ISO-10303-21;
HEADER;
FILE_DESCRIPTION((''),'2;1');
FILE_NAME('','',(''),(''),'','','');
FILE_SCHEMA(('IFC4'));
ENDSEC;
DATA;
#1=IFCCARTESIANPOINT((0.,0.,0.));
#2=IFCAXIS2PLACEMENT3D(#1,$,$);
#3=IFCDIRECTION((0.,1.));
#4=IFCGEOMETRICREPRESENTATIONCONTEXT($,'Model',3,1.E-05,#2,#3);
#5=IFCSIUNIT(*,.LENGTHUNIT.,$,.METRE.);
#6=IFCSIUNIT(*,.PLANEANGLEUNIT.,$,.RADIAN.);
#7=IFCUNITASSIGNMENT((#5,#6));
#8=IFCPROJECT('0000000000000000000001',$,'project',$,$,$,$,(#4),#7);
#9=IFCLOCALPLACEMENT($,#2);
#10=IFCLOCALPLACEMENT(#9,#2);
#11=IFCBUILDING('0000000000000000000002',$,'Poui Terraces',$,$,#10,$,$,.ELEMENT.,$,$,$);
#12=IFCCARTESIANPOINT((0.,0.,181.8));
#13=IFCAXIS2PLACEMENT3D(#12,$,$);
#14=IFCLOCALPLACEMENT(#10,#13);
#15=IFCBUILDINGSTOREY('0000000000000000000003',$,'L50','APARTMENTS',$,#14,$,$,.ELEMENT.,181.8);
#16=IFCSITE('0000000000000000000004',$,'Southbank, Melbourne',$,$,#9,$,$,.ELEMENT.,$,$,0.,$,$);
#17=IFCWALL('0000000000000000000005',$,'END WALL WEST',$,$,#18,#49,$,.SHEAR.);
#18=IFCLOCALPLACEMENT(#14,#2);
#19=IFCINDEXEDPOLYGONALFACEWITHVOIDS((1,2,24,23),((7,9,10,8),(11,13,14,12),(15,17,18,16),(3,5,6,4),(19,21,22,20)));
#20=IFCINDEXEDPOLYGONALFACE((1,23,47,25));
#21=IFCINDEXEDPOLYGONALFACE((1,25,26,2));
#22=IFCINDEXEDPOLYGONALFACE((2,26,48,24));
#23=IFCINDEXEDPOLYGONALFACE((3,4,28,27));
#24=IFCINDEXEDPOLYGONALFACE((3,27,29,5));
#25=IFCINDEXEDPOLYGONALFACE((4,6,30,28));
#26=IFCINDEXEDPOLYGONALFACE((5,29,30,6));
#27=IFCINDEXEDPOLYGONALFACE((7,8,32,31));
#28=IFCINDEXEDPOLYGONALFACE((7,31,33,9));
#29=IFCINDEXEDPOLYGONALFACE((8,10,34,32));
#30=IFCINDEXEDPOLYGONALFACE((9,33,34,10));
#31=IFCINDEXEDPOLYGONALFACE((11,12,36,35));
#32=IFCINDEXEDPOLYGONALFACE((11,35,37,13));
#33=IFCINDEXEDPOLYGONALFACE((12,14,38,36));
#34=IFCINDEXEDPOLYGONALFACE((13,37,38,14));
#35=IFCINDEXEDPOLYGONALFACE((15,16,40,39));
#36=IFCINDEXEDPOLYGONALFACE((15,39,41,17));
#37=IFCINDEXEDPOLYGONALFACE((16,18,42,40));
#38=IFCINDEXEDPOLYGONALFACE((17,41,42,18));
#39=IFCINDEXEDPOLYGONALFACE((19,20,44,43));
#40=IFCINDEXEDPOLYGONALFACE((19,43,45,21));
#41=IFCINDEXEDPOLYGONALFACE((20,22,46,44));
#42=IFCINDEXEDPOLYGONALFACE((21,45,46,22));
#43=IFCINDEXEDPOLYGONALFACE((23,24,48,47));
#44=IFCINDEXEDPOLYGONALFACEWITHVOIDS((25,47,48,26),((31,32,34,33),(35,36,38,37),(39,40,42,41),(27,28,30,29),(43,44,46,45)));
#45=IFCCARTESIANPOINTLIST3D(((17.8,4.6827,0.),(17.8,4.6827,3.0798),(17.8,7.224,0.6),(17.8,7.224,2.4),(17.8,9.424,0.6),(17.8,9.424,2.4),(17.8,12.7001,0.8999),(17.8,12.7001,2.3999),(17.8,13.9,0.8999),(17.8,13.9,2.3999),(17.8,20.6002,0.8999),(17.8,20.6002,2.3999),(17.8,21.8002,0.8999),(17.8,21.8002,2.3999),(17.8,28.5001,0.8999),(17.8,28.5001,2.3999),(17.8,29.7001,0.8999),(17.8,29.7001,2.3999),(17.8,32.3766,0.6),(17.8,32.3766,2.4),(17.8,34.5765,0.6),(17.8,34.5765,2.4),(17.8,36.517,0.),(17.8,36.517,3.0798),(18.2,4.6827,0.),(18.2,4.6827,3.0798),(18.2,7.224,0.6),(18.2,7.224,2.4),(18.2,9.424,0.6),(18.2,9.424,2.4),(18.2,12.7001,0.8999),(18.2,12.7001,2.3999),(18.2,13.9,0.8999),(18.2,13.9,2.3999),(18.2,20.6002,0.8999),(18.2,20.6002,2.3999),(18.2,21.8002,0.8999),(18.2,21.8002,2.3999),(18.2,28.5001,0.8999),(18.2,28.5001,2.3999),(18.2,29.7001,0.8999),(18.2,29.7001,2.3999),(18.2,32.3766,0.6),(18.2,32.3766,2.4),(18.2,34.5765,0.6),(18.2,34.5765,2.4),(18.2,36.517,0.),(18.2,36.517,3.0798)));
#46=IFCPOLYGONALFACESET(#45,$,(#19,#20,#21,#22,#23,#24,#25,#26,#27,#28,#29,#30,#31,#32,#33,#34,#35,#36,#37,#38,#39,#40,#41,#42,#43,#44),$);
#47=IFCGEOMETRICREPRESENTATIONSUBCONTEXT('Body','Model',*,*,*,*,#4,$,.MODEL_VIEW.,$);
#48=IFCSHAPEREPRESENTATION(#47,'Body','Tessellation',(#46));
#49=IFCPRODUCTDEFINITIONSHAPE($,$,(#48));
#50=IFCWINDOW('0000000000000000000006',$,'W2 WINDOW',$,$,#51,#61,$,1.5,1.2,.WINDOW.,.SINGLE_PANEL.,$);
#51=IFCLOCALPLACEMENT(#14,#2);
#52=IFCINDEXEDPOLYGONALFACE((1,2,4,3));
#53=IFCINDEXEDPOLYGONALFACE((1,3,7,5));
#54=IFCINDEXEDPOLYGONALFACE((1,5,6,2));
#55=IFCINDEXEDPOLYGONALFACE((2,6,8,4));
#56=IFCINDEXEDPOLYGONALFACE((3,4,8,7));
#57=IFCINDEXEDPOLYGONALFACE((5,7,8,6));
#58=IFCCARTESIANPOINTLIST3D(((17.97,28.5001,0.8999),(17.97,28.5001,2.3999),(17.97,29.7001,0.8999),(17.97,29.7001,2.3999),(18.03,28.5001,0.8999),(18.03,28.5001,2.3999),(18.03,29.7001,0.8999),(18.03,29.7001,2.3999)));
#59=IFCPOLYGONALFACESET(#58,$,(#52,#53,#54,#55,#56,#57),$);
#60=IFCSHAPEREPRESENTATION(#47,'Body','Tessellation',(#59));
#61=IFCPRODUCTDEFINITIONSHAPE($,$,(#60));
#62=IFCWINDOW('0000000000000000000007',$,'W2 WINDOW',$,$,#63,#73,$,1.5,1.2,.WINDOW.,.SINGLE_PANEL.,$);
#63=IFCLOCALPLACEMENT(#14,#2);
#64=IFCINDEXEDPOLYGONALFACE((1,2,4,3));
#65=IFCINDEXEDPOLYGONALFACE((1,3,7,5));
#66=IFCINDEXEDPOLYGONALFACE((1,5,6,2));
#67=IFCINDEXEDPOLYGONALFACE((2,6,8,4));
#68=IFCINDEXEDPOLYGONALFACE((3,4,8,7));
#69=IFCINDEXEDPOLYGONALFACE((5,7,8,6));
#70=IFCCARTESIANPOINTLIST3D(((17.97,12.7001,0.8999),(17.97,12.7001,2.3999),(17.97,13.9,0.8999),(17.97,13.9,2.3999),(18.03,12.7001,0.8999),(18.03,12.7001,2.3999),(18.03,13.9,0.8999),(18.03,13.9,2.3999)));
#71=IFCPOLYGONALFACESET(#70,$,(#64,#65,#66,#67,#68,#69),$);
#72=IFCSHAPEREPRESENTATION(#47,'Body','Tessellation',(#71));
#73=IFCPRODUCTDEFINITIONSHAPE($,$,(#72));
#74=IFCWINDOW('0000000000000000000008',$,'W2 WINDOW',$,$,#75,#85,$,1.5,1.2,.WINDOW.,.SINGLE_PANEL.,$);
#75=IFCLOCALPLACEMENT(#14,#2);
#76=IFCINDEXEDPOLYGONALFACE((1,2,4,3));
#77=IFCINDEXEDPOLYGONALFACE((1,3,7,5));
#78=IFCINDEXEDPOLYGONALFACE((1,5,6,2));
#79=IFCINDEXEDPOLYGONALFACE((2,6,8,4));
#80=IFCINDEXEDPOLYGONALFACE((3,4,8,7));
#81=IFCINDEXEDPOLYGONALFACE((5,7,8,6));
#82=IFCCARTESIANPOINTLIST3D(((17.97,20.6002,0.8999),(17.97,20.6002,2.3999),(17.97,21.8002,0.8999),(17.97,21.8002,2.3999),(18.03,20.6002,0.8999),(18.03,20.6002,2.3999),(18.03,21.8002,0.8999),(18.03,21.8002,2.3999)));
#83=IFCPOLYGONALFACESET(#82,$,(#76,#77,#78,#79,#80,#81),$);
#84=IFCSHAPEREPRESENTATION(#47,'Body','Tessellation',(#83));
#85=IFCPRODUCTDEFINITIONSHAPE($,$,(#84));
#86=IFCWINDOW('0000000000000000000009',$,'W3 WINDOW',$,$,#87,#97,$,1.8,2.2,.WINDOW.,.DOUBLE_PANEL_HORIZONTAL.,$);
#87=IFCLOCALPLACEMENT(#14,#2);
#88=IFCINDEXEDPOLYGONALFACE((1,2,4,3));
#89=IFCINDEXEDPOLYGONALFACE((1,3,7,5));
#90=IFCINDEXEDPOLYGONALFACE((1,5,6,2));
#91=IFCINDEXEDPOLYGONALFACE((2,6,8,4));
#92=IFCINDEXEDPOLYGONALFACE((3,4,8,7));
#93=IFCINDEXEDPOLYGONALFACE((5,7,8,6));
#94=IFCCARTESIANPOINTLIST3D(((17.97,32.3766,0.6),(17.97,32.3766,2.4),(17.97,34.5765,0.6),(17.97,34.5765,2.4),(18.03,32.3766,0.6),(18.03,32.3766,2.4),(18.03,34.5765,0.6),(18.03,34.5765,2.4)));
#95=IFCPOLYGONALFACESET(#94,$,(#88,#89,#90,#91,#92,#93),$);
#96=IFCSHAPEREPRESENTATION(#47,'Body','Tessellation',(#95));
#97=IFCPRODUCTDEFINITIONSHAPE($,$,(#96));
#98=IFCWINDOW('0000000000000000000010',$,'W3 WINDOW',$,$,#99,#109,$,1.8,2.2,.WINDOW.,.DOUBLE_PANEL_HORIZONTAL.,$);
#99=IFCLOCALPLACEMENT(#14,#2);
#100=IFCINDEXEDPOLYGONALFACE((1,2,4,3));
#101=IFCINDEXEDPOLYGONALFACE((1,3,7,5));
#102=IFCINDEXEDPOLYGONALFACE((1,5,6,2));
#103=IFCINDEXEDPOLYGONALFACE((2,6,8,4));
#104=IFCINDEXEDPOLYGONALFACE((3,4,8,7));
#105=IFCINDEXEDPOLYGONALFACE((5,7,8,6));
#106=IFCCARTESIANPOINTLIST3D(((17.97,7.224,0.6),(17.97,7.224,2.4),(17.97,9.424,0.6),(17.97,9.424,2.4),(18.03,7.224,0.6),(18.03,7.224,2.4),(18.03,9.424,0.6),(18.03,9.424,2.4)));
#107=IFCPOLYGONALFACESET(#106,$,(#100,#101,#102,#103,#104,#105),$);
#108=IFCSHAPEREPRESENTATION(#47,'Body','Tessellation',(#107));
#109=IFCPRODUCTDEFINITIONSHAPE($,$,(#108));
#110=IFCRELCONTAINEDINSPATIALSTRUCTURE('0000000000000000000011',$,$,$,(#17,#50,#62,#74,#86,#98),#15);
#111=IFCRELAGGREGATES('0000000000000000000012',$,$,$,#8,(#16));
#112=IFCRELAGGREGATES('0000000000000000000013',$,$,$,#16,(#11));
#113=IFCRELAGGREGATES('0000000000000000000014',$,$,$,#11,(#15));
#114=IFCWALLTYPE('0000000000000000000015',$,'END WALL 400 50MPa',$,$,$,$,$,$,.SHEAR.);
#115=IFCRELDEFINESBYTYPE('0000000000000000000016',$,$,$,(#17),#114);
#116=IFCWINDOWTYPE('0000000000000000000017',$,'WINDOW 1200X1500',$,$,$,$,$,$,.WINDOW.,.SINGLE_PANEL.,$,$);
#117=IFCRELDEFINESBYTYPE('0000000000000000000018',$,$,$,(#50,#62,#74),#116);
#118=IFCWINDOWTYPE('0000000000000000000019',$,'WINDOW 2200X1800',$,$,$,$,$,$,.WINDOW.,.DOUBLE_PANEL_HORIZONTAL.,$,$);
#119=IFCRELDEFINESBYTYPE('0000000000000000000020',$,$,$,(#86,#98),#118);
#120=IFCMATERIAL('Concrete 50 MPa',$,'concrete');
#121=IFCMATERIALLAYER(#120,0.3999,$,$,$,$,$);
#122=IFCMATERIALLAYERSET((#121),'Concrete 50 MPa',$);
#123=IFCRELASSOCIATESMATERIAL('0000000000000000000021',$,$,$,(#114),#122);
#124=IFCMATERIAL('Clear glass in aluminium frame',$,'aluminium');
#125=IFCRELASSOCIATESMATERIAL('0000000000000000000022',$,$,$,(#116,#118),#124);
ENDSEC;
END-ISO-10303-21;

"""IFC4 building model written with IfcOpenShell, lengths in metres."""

from ifc_helpers import new_model, si_unit, direction, frame, frame_2d, origin, place, context, subcontext, project, spatial, rectangle, extrude, material, layer, layer_set, type_object, element, fill, save


model = new_model("IFC4")

# Units and contexts
model_context = context("Model", 3, precision=1e-05, world=origin(), true_north=direction((0.0, 1.0)))
body_context = subcontext(model_context, "Body", "Model", "MODEL_VIEW")
ifc_project = project(units=[si_unit("LENGTHUNIT", "METRE"), si_unit("PLANEANGLEUNIT", "RADIAN")], contexts=[model_context])

# Site, building, storey
site_placement = place(None, origin())
site = spatial("IfcSite", under=ifc_project, at=site_placement, Name="Southbank, Melbourne", CompositionType="ELEMENT", RefElevation=0.0)
building_placement = place(site_placement, origin())
building = spatial("IfcBuilding", under=site, at=building_placement, Name="Poui Terraces", CompositionType="ELEMENT")
storey_placement = place(building_placement, frame((0.0, 0.0, 181.8)))
storey = spatial("IfcBuildingStorey", under=building, at=storey_placement, Name="L50", Description="APARTMENTS", CompositionType="ELEMENT", Elevation=181.8)

# Wall, openings, windows
ifc_material_1 = material(Name="Concrete 50 MPa", Category="concrete")
ifc_layer = layer(ifc_material_1, 0.3999)
ifc_layer_set = layer_set([ifc_layer], Name="Concrete 50 MPa")
wall_type = type_object("IfcWallType", Name="END WALL 400 50MPa", PredefinedType="SHEAR", material=ifc_layer_set)
wall_placement = place(storey_placement, frame((18.0, 4.6829, 0.0), z_axis=(0.0, 0.0, 1.0), x_axis=(0.0, 1.0, 0.0)))
wall = element("IfcWall", 1, at=wall_placement, inside=storey, type_object=wall_type, Name="END WALL WEST", PredefinedType="SHEAR", context=body_context, shape_type="SweptSolid", body=[
    extrude(rectangle(XDim=31.8342, YDim=0.3999, at=frame_2d((15.917, 0.0))), origin(), (0.0, 0.0, 1.0), 3.0798),
])
opening_1_placement = place(wall_placement, frame((23.8171, 0.0, 0.8999)))
opening_1 = element("IfcOpeningElement", 2, at=opening_1_placement, cuts=wall, PredefinedType="OPENING", context=body_context, shape_type="SweptSolid", body=[
    extrude(rectangle(XDim=1.2, YDim=1.5, at=frame_2d((0.6001, 0.75))), frame((0.0, 0.21, 0.0), z_axis=(0.0, -1.0, 0.0), x_axis=(1.0, 0.0, 0.0)), (0.0, 0.0, 1.0), 0.4199),
])
opening_2_placement = place(wall_placement, frame((8.0171, 0.0, 0.8999)))
opening_2 = element("IfcOpeningElement", 3, at=opening_2_placement, cuts=wall, PredefinedType="OPENING", context=body_context, shape_type="SweptSolid", body=[
    extrude(rectangle(XDim=1.2, YDim=1.5, at=frame_2d((0.6001, 0.75))), frame((0.0, 0.21, 0.0), z_axis=(0.0, -1.0, 0.0), x_axis=(1.0, 0.0, 0.0)), (0.0, 0.0, 1.0), 0.4199),
])
opening_3_placement = place(wall_placement, frame((27.6936, 0.0, 0.6001)))
opening_3 = element("IfcOpeningElement", 4, at=opening_3_placement, cuts=wall, PredefinedType="OPENING", context=body_context, shape_type="SweptSolid", body=[
    extrude(rectangle(XDim=2.2, YDim=1.8, at=frame_2d((1.1001, 0.8999))), frame((0.0, 0.21, 0.0), z_axis=(0.0, -1.0, 0.0), x_axis=(1.0, 0.0, 0.0)), (0.0, 0.0, 1.0), 0.4199),
])
opening_4_placement = place(wall_placement, frame((2.541, 0.0, 0.6001)))
opening_4 = element("IfcOpeningElement", 5, at=opening_4_placement, cuts=wall, PredefinedType="OPENING", context=body_context, shape_type="SweptSolid", body=[
    extrude(rectangle(XDim=2.2, YDim=1.8, at=frame_2d((1.1001, 0.8999))), frame((0.0, 0.21, 0.0), z_axis=(0.0, -1.0, 0.0), x_axis=(1.0, 0.0, 0.0)), (0.0, 0.0, 1.0), 0.4199),
])
opening_5_placement = place(wall_placement, frame((15.9172, 0.0, 0.8999)))
opening_5 = element("IfcOpeningElement", 6, at=opening_5_placement, cuts=wall, PredefinedType="OPENING", context=body_context, shape_type="SweptSolid", body=[
    extrude(rectangle(XDim=1.2, YDim=1.5, at=frame_2d((0.6001, 0.75))), frame((0.0, 0.21, 0.0), z_axis=(0.0, -1.0, 0.0), x_axis=(1.0, 0.0, 0.0)), (0.0, 0.0, 1.0), 0.4199),
])
ifc_material_2 = material(Name="Clear glass in aluminium frame", Category="aluminium")
window_type_1 = type_object("IfcWindowType", Name="WINDOW 1200X1500", PartitioningType="SINGLE_PANEL", PredefinedType="WINDOW", material=ifc_material_2)
window_1_placement = place(opening_1_placement, origin())
window_1 = element("IfcWindow", 7, at=window_1_placement, inside=storey, type_object=window_type_1, Name="W2 WINDOW", OverallHeight=1.5, OverallWidth=1.2, PartitioningType="SINGLE_PANEL", PredefinedType="WINDOW", context=body_context, shape_type="SweptSolid", body=[
    extrude(rectangle(XDim=1.2, YDim=1.5, at=frame_2d((0.6001, 0.75))), frame((0.0, 0.03, 0.0), z_axis=(0.0, -1.0, 0.0), x_axis=(1.0, 0.0, 0.0)), (0.0, 0.0, 1.0), 0.0601),
])
fill(opening_1, window_1)
window_2_placement = place(opening_2_placement, origin())
window_2 = element("IfcWindow", 8, at=window_2_placement, inside=storey, type_object=window_type_1, Name="W2 WINDOW", OverallHeight=1.5, OverallWidth=1.2, PartitioningType="SINGLE_PANEL", PredefinedType="WINDOW", context=body_context, shape_type="SweptSolid", body=[
    extrude(rectangle(XDim=1.2, YDim=1.5, at=frame_2d((0.6001, 0.75))), frame((0.0, 0.03, 0.0), z_axis=(0.0, -1.0, 0.0), x_axis=(1.0, 0.0, 0.0)), (0.0, 0.0, 1.0), 0.0601),
])
fill(opening_2, window_2)
window_3_placement = place(opening_5_placement, origin())
window_3 = element("IfcWindow", 9, at=window_3_placement, inside=storey, type_object=window_type_1, Name="W2 WINDOW", OverallHeight=1.5, OverallWidth=1.2, PartitioningType="SINGLE_PANEL", PredefinedType="WINDOW", context=body_context, shape_type="SweptSolid", body=[
    extrude(rectangle(XDim=1.2, YDim=1.5, at=frame_2d((0.6001, 0.75))), frame((0.0, 0.03, 0.0), z_axis=(0.0, -1.0, 0.0), x_axis=(1.0, 0.0, 0.0)), (0.0, 0.0, 1.0), 0.0601),
])
fill(opening_5, window_3)
window_type_2 = type_object("IfcWindowType", Name="WINDOW 2200X1800", PartitioningType="DOUBLE_PANEL_HORIZONTAL", PredefinedType="WINDOW", material=ifc_material_2)
window_4_placement = place(opening_3_placement, origin())
window_4 = element("IfcWindow", 10, at=window_4_placement, inside=storey, type_object=window_type_2, Name="W3 WINDOW", OverallHeight=1.8, OverallWidth=2.2, PartitioningType="DOUBLE_PANEL_HORIZONTAL", PredefinedType="WINDOW", context=body_context, shape_type="SweptSolid", body=[
    extrude(rectangle(XDim=2.2, YDim=1.8, at=frame_2d((1.1001, 0.8999))), frame((0.0, 0.03, 0.0), z_axis=(0.0, -1.0, 0.0), x_axis=(1.0, 0.0, 0.0)), (0.0, 0.0, 1.0), 0.0601),
])
fill(opening_3, window_4)
window_5_placement = place(opening_4_placement, origin())
window_5 = element("IfcWindow", 11, at=window_5_placement, inside=storey, type_object=window_type_2, Name="W3 WINDOW", OverallHeight=1.8, OverallWidth=2.2, PartitioningType="DOUBLE_PANEL_HORIZONTAL", PredefinedType="WINDOW", context=body_context, shape_type="SweptSolid", body=[
    extrude(rectangle(XDim=2.2, YDim=1.8, at=frame_2d((1.1001, 0.8999))), frame((0.0, 0.03, 0.0), z_axis=(0.0, -1.0, 0.0), x_axis=(1.0, 0.0, 0.0)), (0.0, 0.0, 1.0), 0.0601),
])
fill(opening_4, window_5)

save(model, "model.ifc")
